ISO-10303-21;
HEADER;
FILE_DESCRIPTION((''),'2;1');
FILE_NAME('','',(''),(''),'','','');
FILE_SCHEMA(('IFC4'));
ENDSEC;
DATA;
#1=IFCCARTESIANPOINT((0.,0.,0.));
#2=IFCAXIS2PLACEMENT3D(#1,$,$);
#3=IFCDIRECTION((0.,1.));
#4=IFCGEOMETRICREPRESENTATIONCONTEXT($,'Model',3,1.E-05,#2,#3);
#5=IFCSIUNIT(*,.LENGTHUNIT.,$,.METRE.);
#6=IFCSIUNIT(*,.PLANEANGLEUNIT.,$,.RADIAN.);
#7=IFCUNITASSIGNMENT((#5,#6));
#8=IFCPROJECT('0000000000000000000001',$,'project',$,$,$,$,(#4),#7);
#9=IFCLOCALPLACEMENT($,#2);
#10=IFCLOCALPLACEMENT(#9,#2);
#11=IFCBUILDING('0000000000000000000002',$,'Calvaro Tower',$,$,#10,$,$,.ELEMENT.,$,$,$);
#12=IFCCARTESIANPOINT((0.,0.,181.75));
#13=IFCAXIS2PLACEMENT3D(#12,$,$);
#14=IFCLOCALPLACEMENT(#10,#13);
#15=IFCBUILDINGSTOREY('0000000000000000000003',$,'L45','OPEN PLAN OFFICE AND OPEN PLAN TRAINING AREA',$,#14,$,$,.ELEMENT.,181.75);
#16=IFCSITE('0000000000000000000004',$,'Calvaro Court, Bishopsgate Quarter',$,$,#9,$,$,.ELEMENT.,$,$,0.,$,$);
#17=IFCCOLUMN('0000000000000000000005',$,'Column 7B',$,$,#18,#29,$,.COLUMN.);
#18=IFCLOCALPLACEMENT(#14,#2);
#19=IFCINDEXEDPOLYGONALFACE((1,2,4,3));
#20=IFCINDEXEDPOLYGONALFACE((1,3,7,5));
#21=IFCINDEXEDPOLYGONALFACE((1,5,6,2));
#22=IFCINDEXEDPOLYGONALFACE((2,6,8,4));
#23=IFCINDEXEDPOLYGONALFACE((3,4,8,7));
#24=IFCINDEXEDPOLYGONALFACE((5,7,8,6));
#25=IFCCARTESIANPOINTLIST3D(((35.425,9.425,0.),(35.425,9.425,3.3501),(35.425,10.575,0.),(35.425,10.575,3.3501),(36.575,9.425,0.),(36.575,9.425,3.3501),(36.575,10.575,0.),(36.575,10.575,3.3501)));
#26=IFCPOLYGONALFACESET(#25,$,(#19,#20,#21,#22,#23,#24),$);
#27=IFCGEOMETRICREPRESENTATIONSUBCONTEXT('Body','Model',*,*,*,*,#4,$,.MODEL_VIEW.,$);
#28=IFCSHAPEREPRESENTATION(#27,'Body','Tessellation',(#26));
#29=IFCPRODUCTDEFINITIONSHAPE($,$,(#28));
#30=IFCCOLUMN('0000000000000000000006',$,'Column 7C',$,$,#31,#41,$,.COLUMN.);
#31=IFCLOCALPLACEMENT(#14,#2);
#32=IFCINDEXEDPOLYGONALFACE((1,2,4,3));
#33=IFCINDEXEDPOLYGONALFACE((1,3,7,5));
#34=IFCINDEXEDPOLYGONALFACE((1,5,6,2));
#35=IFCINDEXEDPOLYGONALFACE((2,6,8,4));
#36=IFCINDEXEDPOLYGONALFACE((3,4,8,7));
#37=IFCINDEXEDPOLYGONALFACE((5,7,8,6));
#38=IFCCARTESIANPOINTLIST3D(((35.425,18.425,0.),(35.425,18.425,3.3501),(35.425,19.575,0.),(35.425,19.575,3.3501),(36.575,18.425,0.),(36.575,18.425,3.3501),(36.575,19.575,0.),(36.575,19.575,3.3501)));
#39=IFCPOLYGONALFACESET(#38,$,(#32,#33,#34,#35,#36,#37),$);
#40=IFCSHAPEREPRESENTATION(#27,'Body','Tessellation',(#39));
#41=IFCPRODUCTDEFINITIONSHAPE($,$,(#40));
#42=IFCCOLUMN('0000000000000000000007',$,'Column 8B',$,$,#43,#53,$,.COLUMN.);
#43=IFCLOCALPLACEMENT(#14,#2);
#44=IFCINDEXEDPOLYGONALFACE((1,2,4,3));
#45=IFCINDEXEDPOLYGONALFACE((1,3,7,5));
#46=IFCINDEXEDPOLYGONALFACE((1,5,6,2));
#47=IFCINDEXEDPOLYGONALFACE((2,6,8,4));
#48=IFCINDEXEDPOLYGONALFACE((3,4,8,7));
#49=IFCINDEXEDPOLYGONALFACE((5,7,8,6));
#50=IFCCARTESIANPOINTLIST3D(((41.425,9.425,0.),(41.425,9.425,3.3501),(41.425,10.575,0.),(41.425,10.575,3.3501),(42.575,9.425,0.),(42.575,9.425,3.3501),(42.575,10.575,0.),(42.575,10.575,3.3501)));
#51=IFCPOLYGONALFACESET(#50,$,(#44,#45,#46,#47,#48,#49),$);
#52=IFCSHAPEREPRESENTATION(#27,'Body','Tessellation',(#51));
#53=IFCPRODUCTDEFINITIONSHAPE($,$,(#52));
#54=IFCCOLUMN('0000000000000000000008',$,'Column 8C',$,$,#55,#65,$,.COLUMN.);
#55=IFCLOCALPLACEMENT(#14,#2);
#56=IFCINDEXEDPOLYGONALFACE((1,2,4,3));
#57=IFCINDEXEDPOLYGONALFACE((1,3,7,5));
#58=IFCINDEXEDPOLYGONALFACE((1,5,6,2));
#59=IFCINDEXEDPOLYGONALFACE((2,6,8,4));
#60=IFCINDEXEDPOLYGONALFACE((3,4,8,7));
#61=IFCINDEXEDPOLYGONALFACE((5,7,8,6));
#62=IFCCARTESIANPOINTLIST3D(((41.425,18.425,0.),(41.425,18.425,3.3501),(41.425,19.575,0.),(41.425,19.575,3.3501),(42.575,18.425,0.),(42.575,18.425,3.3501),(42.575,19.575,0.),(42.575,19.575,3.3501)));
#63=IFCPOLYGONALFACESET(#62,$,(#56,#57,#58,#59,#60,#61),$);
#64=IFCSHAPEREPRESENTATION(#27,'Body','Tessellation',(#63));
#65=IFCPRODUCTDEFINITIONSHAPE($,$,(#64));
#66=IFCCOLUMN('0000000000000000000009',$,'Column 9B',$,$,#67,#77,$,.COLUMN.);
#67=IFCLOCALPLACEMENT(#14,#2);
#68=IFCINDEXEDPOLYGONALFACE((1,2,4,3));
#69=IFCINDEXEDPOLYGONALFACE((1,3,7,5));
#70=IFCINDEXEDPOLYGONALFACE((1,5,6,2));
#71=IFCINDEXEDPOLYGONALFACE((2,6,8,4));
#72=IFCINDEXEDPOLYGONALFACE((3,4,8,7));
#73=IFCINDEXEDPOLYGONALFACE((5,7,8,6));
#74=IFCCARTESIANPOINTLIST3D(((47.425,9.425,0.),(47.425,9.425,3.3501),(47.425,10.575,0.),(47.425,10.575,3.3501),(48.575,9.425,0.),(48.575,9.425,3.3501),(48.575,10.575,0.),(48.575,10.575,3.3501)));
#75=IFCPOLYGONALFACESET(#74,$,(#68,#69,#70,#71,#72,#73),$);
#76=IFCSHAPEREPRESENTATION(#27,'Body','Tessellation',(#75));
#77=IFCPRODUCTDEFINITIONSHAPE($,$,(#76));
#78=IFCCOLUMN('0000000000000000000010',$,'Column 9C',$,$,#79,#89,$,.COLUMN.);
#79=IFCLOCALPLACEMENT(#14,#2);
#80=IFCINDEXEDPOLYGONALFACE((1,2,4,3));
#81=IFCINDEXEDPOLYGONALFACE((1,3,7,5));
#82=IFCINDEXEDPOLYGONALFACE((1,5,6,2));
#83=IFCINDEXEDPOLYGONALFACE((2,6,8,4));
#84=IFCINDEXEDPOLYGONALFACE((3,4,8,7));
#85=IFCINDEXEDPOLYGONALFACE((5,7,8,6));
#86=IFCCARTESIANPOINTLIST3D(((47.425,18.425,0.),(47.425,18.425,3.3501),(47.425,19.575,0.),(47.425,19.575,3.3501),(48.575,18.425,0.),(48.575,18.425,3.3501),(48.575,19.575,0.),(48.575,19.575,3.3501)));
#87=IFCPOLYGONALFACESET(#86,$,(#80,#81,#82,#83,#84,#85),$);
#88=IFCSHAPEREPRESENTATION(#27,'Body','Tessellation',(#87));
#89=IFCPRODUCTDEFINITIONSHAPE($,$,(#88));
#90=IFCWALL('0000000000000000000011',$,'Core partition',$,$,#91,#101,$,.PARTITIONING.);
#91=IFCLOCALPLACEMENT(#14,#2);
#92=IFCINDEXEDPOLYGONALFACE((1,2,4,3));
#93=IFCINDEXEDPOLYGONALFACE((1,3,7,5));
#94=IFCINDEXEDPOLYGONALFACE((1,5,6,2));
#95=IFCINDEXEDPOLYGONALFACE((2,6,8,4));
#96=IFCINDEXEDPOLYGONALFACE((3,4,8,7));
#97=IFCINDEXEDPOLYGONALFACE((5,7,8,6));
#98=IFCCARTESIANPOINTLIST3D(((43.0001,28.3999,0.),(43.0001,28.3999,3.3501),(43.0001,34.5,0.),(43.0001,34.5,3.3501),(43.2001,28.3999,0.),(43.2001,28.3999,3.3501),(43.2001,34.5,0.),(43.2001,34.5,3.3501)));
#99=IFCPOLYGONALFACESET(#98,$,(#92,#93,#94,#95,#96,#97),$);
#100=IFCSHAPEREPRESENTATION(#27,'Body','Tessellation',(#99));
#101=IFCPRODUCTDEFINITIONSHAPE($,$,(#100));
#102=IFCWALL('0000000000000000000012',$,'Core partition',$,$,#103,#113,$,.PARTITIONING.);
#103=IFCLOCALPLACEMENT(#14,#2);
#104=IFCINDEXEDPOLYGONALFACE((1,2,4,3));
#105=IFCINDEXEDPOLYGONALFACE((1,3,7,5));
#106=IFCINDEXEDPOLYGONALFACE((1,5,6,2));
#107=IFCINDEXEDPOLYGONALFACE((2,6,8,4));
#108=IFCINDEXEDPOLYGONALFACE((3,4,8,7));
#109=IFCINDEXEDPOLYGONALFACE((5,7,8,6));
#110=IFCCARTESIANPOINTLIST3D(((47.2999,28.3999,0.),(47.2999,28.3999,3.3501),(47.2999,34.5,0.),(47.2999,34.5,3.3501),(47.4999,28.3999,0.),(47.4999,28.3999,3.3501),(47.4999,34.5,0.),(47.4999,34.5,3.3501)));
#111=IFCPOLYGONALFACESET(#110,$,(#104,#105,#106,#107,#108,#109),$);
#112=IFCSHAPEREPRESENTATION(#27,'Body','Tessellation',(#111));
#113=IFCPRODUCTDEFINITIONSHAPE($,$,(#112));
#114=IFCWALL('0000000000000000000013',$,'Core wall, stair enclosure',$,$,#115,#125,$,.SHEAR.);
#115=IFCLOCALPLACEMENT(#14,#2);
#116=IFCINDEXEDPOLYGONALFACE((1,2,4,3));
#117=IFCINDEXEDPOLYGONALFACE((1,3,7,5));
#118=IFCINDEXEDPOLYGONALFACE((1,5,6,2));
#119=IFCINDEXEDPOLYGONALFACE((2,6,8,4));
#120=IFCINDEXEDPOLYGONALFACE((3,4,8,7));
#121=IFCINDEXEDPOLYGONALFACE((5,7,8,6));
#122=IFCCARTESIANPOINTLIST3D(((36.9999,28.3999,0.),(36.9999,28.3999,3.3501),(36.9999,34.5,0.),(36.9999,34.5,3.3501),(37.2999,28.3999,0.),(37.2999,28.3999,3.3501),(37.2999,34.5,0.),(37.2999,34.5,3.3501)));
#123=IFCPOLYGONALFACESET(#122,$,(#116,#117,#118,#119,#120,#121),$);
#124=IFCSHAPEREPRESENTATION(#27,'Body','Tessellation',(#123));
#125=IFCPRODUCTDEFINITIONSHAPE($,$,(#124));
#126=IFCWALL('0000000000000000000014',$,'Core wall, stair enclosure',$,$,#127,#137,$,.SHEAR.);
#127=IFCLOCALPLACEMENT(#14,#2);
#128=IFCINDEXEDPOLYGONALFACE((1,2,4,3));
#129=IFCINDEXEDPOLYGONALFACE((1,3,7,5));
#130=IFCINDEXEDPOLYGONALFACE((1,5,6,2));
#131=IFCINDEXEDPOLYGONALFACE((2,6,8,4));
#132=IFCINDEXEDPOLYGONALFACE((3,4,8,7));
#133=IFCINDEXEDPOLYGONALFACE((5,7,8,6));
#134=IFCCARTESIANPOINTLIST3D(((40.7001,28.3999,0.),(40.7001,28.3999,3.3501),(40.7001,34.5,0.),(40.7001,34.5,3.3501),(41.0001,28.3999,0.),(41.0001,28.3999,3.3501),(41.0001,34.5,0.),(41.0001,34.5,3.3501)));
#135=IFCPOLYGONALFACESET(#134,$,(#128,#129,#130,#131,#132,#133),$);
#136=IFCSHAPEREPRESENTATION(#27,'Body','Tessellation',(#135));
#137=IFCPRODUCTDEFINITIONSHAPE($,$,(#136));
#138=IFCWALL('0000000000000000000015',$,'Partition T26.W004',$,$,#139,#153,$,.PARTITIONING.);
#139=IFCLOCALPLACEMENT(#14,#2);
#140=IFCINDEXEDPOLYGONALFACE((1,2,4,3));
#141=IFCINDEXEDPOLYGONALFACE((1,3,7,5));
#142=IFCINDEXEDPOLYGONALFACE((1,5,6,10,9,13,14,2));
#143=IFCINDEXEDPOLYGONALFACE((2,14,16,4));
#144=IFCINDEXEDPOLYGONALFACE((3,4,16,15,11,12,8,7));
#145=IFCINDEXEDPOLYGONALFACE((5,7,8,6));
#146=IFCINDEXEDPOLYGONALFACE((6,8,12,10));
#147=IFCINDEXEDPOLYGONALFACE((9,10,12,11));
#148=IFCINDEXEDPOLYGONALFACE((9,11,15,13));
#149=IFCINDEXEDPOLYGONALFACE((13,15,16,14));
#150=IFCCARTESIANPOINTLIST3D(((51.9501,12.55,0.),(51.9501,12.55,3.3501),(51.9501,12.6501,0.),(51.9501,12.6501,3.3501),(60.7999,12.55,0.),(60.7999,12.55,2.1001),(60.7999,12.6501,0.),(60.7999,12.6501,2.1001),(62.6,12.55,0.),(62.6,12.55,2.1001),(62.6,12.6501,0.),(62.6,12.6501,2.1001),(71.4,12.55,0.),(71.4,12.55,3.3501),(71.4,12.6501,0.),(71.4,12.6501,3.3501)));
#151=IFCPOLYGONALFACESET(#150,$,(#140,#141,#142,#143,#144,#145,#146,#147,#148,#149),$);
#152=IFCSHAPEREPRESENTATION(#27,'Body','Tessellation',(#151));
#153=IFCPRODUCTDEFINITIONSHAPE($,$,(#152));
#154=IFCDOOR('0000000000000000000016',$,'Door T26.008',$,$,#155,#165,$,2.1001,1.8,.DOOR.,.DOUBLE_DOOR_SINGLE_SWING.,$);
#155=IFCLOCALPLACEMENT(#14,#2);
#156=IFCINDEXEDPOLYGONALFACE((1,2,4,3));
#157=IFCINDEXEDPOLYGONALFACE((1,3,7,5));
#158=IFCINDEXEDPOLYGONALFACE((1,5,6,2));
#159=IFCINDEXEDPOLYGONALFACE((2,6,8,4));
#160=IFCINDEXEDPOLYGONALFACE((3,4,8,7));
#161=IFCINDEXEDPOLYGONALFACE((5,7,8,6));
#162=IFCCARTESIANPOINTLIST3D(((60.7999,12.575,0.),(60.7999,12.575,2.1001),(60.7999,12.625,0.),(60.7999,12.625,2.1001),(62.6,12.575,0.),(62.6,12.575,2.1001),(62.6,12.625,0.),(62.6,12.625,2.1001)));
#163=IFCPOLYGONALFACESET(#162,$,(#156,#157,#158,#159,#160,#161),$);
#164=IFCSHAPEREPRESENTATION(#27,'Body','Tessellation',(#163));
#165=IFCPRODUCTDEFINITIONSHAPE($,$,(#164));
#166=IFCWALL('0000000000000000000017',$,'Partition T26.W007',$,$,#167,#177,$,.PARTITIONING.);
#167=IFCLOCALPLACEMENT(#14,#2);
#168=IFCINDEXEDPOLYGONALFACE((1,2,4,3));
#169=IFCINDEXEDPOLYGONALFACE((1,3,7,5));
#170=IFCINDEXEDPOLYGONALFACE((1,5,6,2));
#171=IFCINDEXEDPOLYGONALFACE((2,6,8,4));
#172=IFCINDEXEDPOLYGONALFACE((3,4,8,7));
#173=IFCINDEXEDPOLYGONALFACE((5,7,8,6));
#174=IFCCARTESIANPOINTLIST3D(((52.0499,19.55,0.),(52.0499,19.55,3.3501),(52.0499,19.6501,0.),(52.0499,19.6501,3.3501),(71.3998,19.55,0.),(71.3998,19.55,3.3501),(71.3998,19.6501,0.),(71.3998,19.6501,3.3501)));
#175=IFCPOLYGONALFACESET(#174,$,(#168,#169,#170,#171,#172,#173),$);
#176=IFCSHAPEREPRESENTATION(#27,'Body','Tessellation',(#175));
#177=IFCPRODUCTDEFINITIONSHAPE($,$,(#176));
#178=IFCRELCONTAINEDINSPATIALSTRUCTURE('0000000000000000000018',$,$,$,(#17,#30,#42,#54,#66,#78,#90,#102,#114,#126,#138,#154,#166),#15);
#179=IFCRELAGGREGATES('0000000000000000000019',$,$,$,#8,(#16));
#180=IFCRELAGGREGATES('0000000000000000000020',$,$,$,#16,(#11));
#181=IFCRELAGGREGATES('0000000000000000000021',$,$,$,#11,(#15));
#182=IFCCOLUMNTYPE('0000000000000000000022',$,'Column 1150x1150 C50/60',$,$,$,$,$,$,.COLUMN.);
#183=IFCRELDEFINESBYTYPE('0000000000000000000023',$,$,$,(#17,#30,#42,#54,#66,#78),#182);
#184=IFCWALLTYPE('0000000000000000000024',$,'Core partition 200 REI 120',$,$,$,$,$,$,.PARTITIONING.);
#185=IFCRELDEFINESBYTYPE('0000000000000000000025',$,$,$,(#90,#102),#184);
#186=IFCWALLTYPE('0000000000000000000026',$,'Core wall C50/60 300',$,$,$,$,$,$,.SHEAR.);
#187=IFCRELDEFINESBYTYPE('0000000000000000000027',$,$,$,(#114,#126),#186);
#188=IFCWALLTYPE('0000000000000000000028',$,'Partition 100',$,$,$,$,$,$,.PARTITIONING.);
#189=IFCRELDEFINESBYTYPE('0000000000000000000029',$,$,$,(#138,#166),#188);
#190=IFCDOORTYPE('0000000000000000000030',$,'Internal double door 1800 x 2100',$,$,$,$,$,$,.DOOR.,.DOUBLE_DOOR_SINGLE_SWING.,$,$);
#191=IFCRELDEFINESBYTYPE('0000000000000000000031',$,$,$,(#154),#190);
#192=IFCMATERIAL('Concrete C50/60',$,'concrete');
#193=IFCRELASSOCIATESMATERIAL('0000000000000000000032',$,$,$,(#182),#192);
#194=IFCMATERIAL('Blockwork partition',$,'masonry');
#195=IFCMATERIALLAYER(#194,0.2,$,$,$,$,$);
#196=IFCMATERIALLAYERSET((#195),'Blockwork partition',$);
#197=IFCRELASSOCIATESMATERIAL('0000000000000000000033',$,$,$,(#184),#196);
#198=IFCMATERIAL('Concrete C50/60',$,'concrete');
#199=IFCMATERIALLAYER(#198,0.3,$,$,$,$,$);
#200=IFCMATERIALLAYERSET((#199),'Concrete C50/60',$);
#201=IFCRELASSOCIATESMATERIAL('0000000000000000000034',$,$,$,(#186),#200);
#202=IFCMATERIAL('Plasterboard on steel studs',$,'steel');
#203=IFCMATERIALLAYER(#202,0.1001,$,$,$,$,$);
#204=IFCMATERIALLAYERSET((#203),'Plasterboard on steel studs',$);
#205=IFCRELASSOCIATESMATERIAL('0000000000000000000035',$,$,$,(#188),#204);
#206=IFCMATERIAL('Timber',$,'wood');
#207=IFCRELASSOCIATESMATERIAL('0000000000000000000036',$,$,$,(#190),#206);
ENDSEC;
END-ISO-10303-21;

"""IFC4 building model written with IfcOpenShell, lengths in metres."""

from ifc_helpers import new_model, si_unit, direction, frame, frame_2d, origin, origin_2d, place, context, subcontext, project, spatial, rectangle, extrude, material, layer, layer_set, material_profile, profile_set, type_object, element, fill, save


model = new_model("IFC4")

# Units and contexts
model_context = context("Model", 3, precision=1e-05, world=origin(), true_north=direction((0.0, 1.0)))
body_context = subcontext(model_context, "Body", "Model", "MODEL_VIEW")
ifc_project = project(units=[si_unit("LENGTHUNIT", "METRE"), si_unit("PLANEANGLEUNIT", "RADIAN")], contexts=[model_context])

# Site, building, storey
site_placement = place(None, origin())
site = spatial("IfcSite", under=ifc_project, at=site_placement, Name="Calvaro Court, Bishopsgate Quarter", CompositionType="ELEMENT", RefElevation=0.0)
building_placement = place(site_placement, origin())
building = spatial("IfcBuilding", under=site, at=building_placement, Name="Calvaro Tower", CompositionType="ELEMENT")
storey_placement = place(building_placement, frame((0.0, 0.0, 181.75)))
storey = spatial("IfcBuildingStorey", under=building, at=storey_placement, Name="L45", Description="OPEN PLAN OFFICE AND OPEN PLAN TRAINING AREA", CompositionType="ELEMENT", Elevation=181.75)

# Columns
ifc_material_1 = material(Name="Concrete C50/60", Category="concrete")
ifc_material_profile = material_profile(ifc_material_1, rectangle(XDim=1.1499, YDim=1.1499, at=origin_2d()), Name="RC 1150x1150")
ifc_profile_set = profile_set([ifc_material_profile], Name="Concrete C50/60")
column_type = type_object("IfcColumnType", Name="Column 1150x1150 C50/60", PredefinedType="COLUMN", material=ifc_profile_set)
for number, where, z_axis, x_axis, name in (
    (1, (36.0, 10.0, 0.0), (0.0, 0.0, 1.0), (1.0, 0.0, 0.0), "Column 7B"),
    (2, (36.0, 19.0, 0.0), (0.0, 0.0, 1.0), (1.0, 0.0, 0.0), "Column 7C"),
    (3, (42.0, 10.0, 0.0), (0.0, 0.0, 1.0), (1.0, 0.0, 0.0), "Column 8B"),
    (4, (42.0, 19.0, 0.0), (0.0, 0.0, 1.0), (1.0, 0.0, 0.0), "Column 8C"),
    (5, (48.0, 10.0, 0.0), (0.0, 0.0, 1.0), (1.0, 0.0, 0.0), "Column 9B"),
    (6, (48.0, 19.0, 0.0), (0.0, 0.0, 1.0), (1.0, 0.0, 0.0), "Column 9C"),
):
    element("IfcColumn", number, at=place(storey_placement, frame(where, z_axis=z_axis, x_axis=x_axis)), inside=storey, type_object=column_type, Name=name, PredefinedType="COLUMN", context=body_context, shape_type="SweptSolid", body=[
        extrude(rectangle(XDim=1.1499, YDim=1.1499, at=origin_2d()), origin(), (0.0, 0.0, 1.0), 3.3501),
    ])

# Walls
ifc_material_2 = material(Name="Blockwork partition", Category="masonry")
ifc_layer_1 = layer(ifc_material_2, 0.2)
ifc_layer_set_1 = layer_set([ifc_layer_1], Name="Blockwork partition")
wall_type_1 = type_object("IfcWallType", Name="Core partition 200 REI 120", PredefinedType="PARTITIONING", material=ifc_layer_set_1)
for number, where, z_axis, x_axis, name in (
    (7, (43.1001, 28.3999, 0.0), (0.0, 0.0, 1.0), (0.0, 1.0, 0.0), "Core partition"),
    (8, (47.3999, 28.3999, 0.0), (0.0, 0.0, 1.0), (0.0, 1.0, 0.0), "Core partition"),
):
    element("IfcWall", number, at=place(storey_placement, frame(where, z_axis=z_axis, x_axis=x_axis)), inside=storey, type_object=wall_type_1, Name=name, PredefinedType="PARTITIONING", context=body_context, shape_type="SweptSolid", body=[
        extrude(rectangle(XDim=6.1001, YDim=0.2, at=frame_2d((3.05, 0.0))), origin(), (0.0, 0.0, 1.0), 3.3501),
    ])
ifc_material_3 = material(Name="Concrete C50/60", Category="concrete")
ifc_layer_2 = layer(ifc_material_3, 0.3)
ifc_layer_set_2 = layer_set([ifc_layer_2], Name="Concrete C50/60")
wall_type_2 = type_object("IfcWallType", Name="Core wall C50/60 300", PredefinedType="SHEAR", material=ifc_layer_set_2)
for number, where, z_axis, x_axis, name in (
    (9, (37.1499, 28.3999, 0.0), (0.0, 0.0, 1.0), (0.0, 1.0, 0.0), "Core wall, stair enclosure"),
    (10, (40.8501, 28.3999, 0.0), (0.0, 0.0, 1.0), (0.0, 1.0, 0.0), "Core wall, stair enclosure"),
):
    element("IfcWall", number, at=place(storey_placement, frame(where, z_axis=z_axis, x_axis=x_axis)), inside=storey, type_object=wall_type_2, Name=name, PredefinedType="SHEAR", context=body_context, shape_type="SweptSolid", body=[
        extrude(rectangle(XDim=6.1001, YDim=0.3, at=frame_2d((3.05, 0.0))), origin(), (0.0, 0.0, 1.0), 3.3501),
    ])

# Wall, opening, door
ifc_material_4 = material(Name="Plasterboard on steel studs", Category="steel")
ifc_layer_3 = layer(ifc_material_4, 0.1001)
ifc_layer_set_3 = layer_set([ifc_layer_3], Name="Plasterboard on steel studs")
wall_type_3 = type_object("IfcWallType", Name="Partition 100", PredefinedType="PARTITIONING", material=ifc_layer_set_3)
wall_1_placement = place(storey_placement, frame((51.95, 12.6001, 0.0), z_axis=(0.0, 0.0, 1.0), x_axis=(1.0, 0.0, 0.0)))
wall_1 = element("IfcWall", 11, at=wall_1_placement, inside=storey, type_object=wall_type_3, Name="Partition T26.W004", PredefinedType="PARTITIONING", context=body_context, shape_type="SweptSolid", body=[
    extrude(rectangle(XDim=19.45, YDim=0.1001, at=frame_2d((9.7251, 0.0))), origin(), (0.0, 0.0, 1.0), 3.3501),
])
opening_1_placement = place(wall_1_placement, frame((8.8501, 0.0, 0.0)))
opening_1 = element("IfcOpeningElement", 12, at=opening_1_placement, cuts=wall_1, PredefinedType="OPENING", context=body_context, shape_type="SweptSolid", body=[
    extrude(rectangle(XDim=1.8, YDim=2.1001, at=frame_2d((0.8999, 1.05))), frame((0.0, 0.0601, 0.0), z_axis=(0.0, -1.0, 0.0), x_axis=(1.0, 0.0, 0.0)), (0.0, 0.0, 1.0), 0.1201),
])
ifc_material_5 = material(Name="Timber", Category="wood")
door_type = type_object("IfcDoorType", Name="Internal double door 1800 x 2100", OperationType="DOUBLE_DOOR_SINGLE_SWING", PredefinedType="DOOR", material=ifc_material_5)
door_1_placement = place(opening_1_placement, origin())
door_1 = element("IfcDoor", 13, at=door_1_placement, inside=storey, type_object=door_type, Name="Door T26.008", OperationType="DOUBLE_DOOR_SINGLE_SWING", OverallHeight=2.1001, OverallWidth=1.8, PredefinedType="DOOR", context=body_context, shape_type="SweptSolid", body=[
    extrude(rectangle(XDim=1.8, YDim=2.1001, at=frame_2d((0.8999, 1.05))), frame((0.0, 0.0249, 0.0), z_axis=(0.0, -1.0, 0.0), x_axis=(1.0, 0.0, 0.0)), (0.0, 0.0, 1.0), 0.05),
])
fill(opening_1, door_1)

# Wall
wall_2_placement = place(storey_placement, frame((52.05, 19.6001, 0.0), z_axis=(0.0, 0.0, 1.0), x_axis=(1.0, 0.0, 0.0)))
element("IfcWall", 14, at=wall_2_placement, inside=storey, type_object=wall_type_3, Name="Partition T26.W007", PredefinedType="PARTITIONING", context=body_context, shape_type="SweptSolid", body=[
    extrude(rectangle(XDim=19.3499, YDim=0.1001, at=frame_2d((9.6748, 0.0))), origin(), (0.0, 0.0, 1.0), 3.3501),
])

save(model, "model.ifc")
